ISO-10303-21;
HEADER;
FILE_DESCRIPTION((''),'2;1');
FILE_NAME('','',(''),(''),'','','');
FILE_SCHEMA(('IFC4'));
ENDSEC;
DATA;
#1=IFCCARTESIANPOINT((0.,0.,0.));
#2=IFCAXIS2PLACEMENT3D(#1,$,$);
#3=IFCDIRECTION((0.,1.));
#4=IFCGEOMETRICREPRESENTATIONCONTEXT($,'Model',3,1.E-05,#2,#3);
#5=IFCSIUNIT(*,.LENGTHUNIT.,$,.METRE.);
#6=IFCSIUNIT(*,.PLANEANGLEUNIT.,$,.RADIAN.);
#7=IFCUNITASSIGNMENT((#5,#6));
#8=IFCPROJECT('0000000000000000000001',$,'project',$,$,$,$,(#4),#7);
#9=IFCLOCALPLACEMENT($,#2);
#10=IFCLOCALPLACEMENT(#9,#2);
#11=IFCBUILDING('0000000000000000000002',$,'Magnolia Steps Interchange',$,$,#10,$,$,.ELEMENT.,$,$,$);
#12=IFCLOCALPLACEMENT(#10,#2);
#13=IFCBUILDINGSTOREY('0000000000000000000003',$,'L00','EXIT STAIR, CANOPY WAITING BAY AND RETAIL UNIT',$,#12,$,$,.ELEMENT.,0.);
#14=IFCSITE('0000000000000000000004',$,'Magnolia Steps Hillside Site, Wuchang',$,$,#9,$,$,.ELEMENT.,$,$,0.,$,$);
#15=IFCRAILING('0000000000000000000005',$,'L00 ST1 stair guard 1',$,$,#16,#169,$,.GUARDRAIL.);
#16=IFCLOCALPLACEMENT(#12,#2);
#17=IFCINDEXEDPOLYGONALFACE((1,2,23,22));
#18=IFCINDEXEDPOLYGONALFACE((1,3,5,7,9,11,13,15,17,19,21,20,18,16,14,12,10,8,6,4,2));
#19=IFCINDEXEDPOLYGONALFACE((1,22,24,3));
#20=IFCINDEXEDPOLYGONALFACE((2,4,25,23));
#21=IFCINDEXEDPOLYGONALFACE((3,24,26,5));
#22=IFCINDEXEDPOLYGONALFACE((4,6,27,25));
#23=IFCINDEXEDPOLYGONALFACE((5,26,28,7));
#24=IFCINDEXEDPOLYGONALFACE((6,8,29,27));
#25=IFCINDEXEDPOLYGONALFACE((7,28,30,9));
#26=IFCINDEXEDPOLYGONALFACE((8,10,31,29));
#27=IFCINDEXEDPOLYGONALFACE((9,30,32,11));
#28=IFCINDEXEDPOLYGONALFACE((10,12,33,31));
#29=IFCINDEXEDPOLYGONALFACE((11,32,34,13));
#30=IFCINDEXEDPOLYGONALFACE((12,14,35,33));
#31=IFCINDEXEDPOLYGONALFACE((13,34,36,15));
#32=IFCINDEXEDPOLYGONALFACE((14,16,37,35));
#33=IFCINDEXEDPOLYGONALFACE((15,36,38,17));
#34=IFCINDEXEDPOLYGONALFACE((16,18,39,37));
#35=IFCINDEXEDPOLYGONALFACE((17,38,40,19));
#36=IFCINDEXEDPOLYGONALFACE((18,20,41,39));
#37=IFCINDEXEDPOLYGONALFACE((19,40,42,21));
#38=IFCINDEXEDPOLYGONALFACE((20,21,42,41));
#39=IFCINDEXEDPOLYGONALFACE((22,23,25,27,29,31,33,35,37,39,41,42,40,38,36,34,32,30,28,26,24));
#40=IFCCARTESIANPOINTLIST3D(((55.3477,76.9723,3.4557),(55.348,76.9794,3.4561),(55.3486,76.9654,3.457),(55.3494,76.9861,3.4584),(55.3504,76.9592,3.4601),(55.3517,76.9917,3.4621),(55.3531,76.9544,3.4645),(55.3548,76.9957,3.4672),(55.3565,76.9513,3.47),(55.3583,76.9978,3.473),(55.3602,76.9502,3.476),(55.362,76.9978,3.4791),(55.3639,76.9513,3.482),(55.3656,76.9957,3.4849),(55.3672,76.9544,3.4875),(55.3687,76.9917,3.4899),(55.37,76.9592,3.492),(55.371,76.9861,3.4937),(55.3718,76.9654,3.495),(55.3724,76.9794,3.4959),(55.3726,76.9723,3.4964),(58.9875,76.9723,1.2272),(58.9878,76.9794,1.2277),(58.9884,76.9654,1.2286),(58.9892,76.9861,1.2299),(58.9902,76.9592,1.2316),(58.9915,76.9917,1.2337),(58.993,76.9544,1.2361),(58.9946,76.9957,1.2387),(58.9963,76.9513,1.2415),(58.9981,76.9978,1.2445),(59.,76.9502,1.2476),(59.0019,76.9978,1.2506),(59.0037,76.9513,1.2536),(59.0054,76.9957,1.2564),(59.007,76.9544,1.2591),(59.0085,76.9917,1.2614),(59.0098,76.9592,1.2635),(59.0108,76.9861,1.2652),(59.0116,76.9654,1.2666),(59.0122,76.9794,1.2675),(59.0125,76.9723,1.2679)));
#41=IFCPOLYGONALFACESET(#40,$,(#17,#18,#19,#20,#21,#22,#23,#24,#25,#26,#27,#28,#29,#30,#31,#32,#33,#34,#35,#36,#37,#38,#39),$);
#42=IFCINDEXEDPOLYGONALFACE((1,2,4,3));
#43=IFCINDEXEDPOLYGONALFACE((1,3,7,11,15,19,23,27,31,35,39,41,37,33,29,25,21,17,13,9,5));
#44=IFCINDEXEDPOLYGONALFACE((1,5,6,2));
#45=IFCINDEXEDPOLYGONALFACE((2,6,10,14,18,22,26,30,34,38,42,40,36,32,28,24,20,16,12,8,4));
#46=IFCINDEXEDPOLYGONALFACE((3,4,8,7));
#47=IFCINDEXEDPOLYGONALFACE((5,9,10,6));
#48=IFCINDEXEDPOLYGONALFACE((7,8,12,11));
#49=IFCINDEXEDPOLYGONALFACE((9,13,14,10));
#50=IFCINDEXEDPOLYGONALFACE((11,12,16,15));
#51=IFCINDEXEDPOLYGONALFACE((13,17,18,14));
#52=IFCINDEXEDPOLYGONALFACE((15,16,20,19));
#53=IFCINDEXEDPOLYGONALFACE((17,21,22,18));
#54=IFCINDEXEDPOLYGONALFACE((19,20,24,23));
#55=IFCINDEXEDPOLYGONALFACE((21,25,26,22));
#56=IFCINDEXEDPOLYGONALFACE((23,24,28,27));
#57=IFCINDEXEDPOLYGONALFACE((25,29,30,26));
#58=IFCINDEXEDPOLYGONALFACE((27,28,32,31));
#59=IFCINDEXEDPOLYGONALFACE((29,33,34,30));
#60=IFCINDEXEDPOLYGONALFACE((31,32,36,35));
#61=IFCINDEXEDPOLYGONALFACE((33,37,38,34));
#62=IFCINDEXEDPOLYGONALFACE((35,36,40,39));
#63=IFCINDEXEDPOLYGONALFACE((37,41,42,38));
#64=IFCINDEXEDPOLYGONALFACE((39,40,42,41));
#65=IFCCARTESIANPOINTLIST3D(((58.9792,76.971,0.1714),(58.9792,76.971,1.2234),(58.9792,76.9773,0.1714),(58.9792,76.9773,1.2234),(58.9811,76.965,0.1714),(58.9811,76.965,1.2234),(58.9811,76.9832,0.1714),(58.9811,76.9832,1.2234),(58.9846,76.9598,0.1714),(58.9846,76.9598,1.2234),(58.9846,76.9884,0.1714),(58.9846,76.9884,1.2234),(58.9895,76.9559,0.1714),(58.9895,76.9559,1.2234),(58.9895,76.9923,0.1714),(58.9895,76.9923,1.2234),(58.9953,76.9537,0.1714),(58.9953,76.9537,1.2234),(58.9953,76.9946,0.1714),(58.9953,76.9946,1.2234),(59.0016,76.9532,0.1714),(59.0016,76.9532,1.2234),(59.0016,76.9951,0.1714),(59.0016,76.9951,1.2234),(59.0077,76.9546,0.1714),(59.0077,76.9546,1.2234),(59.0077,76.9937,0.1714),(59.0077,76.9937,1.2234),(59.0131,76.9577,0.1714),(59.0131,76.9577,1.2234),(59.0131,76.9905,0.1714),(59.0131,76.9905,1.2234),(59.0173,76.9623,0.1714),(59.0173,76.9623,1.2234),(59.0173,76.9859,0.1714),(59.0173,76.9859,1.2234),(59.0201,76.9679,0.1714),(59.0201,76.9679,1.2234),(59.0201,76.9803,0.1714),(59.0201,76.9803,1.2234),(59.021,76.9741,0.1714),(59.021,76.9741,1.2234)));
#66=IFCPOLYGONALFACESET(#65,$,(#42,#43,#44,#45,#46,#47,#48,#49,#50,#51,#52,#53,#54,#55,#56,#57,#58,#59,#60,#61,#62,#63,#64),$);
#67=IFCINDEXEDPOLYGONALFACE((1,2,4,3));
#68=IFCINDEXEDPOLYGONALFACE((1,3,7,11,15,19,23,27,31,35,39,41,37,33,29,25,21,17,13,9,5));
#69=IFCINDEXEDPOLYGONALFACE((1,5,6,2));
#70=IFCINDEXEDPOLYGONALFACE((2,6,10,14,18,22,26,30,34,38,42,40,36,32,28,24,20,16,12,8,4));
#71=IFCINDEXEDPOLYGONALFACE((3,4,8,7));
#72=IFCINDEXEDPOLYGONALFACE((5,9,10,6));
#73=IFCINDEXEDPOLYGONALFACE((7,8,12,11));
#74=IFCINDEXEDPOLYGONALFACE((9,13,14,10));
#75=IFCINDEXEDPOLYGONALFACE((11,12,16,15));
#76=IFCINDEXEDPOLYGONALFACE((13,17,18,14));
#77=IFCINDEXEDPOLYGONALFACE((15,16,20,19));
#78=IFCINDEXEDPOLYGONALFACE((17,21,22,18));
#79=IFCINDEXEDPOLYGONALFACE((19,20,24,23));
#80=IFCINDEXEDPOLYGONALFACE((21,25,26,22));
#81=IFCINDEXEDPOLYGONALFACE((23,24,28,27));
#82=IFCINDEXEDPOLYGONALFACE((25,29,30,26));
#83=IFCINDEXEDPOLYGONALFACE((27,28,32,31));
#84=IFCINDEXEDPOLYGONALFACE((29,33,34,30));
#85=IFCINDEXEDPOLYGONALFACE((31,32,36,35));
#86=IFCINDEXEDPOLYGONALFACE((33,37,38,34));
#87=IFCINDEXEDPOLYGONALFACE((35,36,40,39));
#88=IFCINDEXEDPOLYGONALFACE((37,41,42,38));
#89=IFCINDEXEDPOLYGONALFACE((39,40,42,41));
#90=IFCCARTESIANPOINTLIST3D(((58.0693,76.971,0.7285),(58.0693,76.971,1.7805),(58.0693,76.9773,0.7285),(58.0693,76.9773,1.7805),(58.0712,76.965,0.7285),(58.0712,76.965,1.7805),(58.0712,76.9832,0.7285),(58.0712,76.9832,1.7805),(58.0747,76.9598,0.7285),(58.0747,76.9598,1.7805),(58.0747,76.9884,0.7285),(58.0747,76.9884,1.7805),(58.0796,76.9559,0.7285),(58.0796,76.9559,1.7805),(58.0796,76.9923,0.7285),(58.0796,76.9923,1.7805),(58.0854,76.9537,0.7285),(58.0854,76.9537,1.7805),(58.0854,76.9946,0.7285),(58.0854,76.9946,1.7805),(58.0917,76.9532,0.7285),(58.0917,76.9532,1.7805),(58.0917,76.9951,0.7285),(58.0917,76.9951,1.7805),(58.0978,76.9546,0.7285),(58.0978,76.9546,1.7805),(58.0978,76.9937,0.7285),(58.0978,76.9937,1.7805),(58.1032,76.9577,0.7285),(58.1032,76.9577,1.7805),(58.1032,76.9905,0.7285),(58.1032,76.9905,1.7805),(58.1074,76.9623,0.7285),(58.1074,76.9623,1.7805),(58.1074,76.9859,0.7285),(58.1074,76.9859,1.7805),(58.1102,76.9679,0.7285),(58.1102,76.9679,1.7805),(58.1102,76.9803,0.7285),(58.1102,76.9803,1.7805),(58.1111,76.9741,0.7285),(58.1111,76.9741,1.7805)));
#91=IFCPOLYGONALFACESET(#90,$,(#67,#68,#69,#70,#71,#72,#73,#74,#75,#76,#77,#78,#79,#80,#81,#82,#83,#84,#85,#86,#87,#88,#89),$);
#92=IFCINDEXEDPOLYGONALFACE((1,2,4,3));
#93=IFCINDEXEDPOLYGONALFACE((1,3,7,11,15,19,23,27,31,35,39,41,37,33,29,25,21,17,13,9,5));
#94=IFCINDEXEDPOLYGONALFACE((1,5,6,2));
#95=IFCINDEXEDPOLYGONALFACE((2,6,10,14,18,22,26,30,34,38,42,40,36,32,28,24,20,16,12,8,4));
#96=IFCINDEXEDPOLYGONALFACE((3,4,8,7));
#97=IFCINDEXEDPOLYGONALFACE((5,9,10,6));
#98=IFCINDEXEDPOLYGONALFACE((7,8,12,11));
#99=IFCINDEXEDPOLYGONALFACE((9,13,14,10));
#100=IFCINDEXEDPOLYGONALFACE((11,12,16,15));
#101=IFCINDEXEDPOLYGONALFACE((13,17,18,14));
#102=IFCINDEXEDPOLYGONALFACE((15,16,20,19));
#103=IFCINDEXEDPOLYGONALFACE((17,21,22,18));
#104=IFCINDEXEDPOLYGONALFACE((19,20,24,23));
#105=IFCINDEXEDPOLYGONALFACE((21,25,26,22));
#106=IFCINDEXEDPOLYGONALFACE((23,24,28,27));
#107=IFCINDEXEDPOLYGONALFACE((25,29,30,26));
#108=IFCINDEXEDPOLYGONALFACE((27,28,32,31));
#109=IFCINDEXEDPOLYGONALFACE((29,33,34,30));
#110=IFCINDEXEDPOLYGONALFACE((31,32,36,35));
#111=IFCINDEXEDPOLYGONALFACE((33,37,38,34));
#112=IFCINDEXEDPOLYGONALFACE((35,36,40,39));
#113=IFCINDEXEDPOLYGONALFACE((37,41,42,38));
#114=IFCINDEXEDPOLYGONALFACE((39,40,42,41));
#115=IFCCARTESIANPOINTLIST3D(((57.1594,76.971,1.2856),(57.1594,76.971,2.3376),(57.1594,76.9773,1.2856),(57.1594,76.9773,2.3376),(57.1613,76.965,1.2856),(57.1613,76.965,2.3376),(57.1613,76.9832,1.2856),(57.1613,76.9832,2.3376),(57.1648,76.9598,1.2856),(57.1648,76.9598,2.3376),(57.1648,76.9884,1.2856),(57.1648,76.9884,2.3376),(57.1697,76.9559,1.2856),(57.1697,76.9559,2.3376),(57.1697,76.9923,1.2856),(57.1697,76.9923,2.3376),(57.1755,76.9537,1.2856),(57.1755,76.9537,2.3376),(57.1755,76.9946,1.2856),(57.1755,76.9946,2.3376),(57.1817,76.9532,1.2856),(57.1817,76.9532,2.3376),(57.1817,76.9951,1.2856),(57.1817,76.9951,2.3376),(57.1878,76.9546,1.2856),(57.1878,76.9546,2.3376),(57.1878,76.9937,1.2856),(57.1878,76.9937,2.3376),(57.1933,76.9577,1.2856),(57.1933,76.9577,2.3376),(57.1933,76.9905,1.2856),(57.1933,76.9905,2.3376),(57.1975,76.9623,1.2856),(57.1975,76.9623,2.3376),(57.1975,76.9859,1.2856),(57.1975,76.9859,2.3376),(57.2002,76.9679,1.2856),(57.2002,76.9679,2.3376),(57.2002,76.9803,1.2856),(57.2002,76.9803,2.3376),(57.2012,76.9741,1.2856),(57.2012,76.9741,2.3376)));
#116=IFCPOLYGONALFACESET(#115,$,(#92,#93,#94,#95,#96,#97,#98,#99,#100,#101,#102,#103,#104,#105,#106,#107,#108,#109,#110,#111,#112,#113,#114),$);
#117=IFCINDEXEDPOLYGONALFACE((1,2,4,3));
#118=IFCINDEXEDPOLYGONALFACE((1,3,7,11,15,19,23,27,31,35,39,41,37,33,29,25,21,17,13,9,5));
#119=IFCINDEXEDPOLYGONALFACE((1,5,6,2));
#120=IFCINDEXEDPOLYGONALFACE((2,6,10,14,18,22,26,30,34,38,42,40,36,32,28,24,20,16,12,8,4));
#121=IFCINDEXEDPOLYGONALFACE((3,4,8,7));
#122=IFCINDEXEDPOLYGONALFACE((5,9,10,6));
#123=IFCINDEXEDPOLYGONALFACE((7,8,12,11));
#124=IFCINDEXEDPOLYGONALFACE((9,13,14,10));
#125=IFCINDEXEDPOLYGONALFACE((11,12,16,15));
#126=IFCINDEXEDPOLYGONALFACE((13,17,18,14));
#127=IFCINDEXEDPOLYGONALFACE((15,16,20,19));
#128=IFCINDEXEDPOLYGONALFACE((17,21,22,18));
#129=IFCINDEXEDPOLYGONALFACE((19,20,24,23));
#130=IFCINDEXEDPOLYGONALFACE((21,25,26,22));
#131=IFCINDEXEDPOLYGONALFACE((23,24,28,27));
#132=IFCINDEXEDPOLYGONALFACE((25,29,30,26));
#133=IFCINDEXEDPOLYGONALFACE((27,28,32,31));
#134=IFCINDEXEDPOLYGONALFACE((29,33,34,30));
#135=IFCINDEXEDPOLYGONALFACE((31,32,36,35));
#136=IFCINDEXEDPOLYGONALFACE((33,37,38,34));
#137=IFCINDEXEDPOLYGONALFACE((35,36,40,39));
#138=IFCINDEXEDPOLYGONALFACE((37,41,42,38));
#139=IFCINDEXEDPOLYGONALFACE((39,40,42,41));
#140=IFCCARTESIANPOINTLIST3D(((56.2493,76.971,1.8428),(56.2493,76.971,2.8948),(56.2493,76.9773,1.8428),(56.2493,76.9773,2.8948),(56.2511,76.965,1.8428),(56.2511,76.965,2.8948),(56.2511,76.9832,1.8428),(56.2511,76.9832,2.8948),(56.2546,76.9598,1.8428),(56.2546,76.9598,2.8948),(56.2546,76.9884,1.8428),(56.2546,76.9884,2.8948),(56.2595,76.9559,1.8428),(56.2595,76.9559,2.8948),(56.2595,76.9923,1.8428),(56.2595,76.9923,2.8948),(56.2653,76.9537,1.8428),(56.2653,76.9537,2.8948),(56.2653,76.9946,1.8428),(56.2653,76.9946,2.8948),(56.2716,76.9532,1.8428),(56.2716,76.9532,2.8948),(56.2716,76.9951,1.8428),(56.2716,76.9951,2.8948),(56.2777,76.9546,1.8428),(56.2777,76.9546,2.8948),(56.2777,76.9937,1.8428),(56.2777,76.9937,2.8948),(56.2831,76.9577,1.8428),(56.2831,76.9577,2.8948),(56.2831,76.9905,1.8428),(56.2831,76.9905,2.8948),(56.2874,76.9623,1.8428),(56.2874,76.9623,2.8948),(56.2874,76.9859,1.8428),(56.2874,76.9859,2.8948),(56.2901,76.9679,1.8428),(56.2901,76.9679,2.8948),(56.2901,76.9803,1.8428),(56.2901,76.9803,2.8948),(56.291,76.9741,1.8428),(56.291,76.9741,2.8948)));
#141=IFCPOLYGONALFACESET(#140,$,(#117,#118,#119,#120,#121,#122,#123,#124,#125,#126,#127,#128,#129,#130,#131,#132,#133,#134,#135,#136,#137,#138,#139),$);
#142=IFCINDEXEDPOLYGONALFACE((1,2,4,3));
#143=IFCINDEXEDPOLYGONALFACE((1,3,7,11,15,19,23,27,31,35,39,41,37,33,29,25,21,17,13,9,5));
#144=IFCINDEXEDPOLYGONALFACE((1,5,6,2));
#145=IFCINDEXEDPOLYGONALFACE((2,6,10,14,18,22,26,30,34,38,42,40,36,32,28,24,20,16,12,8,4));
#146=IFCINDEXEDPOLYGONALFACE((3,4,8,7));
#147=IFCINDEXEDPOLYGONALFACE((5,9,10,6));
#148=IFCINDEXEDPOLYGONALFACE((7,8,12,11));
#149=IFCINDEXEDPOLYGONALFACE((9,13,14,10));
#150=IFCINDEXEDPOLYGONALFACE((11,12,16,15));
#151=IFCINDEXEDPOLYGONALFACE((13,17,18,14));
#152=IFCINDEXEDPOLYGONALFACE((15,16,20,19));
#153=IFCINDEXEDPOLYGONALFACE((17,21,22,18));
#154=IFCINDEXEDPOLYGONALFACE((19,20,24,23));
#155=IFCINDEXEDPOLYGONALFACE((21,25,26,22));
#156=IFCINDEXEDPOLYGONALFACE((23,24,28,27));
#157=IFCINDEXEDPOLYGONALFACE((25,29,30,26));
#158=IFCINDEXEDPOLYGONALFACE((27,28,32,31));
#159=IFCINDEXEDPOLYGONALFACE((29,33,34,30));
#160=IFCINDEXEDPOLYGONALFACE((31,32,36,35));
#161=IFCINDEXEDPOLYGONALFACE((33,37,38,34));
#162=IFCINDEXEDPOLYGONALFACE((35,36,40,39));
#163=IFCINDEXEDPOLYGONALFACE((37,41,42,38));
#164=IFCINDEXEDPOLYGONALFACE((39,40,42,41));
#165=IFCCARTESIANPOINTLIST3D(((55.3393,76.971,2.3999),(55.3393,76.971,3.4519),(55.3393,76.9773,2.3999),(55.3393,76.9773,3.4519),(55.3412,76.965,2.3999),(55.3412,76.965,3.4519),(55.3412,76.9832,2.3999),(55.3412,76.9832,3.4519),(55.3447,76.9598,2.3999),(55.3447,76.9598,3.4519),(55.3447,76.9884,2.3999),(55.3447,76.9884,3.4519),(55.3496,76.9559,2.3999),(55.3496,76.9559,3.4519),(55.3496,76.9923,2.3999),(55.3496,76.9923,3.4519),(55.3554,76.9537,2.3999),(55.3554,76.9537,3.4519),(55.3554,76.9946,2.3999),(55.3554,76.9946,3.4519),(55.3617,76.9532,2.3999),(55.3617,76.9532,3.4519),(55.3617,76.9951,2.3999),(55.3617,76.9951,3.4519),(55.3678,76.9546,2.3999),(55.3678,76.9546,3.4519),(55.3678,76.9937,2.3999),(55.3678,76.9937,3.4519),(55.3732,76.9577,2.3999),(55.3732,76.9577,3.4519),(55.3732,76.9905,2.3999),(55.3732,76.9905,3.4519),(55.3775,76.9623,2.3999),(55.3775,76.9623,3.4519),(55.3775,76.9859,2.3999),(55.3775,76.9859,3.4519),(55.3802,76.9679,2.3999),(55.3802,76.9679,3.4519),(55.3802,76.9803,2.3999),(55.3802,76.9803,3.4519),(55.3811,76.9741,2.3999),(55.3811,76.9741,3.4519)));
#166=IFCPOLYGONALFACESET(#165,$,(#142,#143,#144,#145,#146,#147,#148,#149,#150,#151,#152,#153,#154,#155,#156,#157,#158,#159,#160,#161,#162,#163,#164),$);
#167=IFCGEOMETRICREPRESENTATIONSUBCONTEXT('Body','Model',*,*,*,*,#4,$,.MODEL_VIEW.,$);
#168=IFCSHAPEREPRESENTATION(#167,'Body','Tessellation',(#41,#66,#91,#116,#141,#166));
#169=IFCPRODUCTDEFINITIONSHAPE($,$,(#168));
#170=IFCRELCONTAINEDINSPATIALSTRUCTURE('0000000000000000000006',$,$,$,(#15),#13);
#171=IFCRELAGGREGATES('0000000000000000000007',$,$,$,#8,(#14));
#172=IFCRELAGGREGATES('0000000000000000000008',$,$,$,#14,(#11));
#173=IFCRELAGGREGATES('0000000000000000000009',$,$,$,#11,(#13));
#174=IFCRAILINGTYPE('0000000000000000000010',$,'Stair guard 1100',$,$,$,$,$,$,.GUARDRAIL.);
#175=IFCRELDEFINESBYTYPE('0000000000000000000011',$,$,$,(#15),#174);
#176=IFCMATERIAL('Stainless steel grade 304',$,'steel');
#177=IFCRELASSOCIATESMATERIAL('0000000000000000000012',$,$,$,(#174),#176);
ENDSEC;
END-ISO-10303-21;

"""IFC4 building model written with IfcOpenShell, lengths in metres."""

from ifc_helpers import new_model, si_unit, direction, frame, origin, origin_2d, place, context, subcontext, project, spatial, circle, extrude, material, type_object, element, save


model = new_model("IFC4")

# Units and contexts
model_context = context("Model", 3, precision=1e-05, world=origin(), true_north=direction((0.0, 1.0)))
body_context = subcontext(model_context, "Body", "Model", "MODEL_VIEW")
ifc_project = project(units=[si_unit("LENGTHUNIT", "METRE"), si_unit("PLANEANGLEUNIT", "RADIAN")], contexts=[model_context])

# Site, building, storey
site_placement = place(None, origin())
site = spatial("IfcSite", under=ifc_project, at=site_placement, Name="Magnolia Steps Hillside Site, Wuchang", CompositionType="ELEMENT", RefElevation=0.0)
building_placement = place(site_placement, origin())
building = spatial("IfcBuilding", under=site, at=building_placement, Name="Magnolia Steps Interchange", CompositionType="ELEMENT")
storey_placement = place(building_placement, origin())
storey = spatial("IfcBuildingStorey", under=building, at=storey_placement, Name="L00", Description="EXIT STAIR, CANOPY WAITING BAY AND RETAIL UNIT", CompositionType="ELEMENT", Elevation=0.0)

# Railing
ifc_material_1 = material(Name="Stainless steel grade 304", Category="steel")
railing_type_1 = type_object("IfcRailingType", Name="Stair guard 1100", PredefinedType="GUARDRAIL", material=ifc_material_1)
railing_1_placement = place(storey_placement, frame((59.0, 76.9741, 0.1714)))
element("IfcRailing", 1, at=railing_1_placement, inside=storey, type_object=railing_type_1, Name="L00 ST1 stair guard 1", PredefinedType="GUARDRAIL", context=body_context, shape_type="SweptSolid", body=[
    extrude(circle(Radius=0.0239, at=origin_2d()), frame((0.0, 0.0, 1.0762), z_axis=(-0.85285, 0.0, 0.522156), x_axis=(0.0, -1.0, 0.0)), (0.0, 0.0, 1.0), 4.2678),
    extrude(circle(Radius=0.021, at=origin_2d()), origin(), (0.0, 0.0, 1.0), 1.052),
    extrude(circle(Radius=0.021, at=origin_2d()), frame((-0.9099, 0.0, 0.5571)), (0.0, 0.0, 1.0), 1.052),
    extrude(circle(Radius=0.021, at=origin_2d()), frame((-1.8198, 0.0, 1.1143)), (0.0, 0.0, 1.0), 1.052),
    extrude(circle(Radius=0.021, at=origin_2d()), frame((-2.73, 0.0, 1.6714)), (0.0, 0.0, 1.0), 1.052),
    extrude(circle(Radius=0.021, at=origin_2d()), frame((-3.6399, 0.0, 2.2285)), (0.0, 0.0, 1.0), 1.052),
])

save(model, "model.ifc")
